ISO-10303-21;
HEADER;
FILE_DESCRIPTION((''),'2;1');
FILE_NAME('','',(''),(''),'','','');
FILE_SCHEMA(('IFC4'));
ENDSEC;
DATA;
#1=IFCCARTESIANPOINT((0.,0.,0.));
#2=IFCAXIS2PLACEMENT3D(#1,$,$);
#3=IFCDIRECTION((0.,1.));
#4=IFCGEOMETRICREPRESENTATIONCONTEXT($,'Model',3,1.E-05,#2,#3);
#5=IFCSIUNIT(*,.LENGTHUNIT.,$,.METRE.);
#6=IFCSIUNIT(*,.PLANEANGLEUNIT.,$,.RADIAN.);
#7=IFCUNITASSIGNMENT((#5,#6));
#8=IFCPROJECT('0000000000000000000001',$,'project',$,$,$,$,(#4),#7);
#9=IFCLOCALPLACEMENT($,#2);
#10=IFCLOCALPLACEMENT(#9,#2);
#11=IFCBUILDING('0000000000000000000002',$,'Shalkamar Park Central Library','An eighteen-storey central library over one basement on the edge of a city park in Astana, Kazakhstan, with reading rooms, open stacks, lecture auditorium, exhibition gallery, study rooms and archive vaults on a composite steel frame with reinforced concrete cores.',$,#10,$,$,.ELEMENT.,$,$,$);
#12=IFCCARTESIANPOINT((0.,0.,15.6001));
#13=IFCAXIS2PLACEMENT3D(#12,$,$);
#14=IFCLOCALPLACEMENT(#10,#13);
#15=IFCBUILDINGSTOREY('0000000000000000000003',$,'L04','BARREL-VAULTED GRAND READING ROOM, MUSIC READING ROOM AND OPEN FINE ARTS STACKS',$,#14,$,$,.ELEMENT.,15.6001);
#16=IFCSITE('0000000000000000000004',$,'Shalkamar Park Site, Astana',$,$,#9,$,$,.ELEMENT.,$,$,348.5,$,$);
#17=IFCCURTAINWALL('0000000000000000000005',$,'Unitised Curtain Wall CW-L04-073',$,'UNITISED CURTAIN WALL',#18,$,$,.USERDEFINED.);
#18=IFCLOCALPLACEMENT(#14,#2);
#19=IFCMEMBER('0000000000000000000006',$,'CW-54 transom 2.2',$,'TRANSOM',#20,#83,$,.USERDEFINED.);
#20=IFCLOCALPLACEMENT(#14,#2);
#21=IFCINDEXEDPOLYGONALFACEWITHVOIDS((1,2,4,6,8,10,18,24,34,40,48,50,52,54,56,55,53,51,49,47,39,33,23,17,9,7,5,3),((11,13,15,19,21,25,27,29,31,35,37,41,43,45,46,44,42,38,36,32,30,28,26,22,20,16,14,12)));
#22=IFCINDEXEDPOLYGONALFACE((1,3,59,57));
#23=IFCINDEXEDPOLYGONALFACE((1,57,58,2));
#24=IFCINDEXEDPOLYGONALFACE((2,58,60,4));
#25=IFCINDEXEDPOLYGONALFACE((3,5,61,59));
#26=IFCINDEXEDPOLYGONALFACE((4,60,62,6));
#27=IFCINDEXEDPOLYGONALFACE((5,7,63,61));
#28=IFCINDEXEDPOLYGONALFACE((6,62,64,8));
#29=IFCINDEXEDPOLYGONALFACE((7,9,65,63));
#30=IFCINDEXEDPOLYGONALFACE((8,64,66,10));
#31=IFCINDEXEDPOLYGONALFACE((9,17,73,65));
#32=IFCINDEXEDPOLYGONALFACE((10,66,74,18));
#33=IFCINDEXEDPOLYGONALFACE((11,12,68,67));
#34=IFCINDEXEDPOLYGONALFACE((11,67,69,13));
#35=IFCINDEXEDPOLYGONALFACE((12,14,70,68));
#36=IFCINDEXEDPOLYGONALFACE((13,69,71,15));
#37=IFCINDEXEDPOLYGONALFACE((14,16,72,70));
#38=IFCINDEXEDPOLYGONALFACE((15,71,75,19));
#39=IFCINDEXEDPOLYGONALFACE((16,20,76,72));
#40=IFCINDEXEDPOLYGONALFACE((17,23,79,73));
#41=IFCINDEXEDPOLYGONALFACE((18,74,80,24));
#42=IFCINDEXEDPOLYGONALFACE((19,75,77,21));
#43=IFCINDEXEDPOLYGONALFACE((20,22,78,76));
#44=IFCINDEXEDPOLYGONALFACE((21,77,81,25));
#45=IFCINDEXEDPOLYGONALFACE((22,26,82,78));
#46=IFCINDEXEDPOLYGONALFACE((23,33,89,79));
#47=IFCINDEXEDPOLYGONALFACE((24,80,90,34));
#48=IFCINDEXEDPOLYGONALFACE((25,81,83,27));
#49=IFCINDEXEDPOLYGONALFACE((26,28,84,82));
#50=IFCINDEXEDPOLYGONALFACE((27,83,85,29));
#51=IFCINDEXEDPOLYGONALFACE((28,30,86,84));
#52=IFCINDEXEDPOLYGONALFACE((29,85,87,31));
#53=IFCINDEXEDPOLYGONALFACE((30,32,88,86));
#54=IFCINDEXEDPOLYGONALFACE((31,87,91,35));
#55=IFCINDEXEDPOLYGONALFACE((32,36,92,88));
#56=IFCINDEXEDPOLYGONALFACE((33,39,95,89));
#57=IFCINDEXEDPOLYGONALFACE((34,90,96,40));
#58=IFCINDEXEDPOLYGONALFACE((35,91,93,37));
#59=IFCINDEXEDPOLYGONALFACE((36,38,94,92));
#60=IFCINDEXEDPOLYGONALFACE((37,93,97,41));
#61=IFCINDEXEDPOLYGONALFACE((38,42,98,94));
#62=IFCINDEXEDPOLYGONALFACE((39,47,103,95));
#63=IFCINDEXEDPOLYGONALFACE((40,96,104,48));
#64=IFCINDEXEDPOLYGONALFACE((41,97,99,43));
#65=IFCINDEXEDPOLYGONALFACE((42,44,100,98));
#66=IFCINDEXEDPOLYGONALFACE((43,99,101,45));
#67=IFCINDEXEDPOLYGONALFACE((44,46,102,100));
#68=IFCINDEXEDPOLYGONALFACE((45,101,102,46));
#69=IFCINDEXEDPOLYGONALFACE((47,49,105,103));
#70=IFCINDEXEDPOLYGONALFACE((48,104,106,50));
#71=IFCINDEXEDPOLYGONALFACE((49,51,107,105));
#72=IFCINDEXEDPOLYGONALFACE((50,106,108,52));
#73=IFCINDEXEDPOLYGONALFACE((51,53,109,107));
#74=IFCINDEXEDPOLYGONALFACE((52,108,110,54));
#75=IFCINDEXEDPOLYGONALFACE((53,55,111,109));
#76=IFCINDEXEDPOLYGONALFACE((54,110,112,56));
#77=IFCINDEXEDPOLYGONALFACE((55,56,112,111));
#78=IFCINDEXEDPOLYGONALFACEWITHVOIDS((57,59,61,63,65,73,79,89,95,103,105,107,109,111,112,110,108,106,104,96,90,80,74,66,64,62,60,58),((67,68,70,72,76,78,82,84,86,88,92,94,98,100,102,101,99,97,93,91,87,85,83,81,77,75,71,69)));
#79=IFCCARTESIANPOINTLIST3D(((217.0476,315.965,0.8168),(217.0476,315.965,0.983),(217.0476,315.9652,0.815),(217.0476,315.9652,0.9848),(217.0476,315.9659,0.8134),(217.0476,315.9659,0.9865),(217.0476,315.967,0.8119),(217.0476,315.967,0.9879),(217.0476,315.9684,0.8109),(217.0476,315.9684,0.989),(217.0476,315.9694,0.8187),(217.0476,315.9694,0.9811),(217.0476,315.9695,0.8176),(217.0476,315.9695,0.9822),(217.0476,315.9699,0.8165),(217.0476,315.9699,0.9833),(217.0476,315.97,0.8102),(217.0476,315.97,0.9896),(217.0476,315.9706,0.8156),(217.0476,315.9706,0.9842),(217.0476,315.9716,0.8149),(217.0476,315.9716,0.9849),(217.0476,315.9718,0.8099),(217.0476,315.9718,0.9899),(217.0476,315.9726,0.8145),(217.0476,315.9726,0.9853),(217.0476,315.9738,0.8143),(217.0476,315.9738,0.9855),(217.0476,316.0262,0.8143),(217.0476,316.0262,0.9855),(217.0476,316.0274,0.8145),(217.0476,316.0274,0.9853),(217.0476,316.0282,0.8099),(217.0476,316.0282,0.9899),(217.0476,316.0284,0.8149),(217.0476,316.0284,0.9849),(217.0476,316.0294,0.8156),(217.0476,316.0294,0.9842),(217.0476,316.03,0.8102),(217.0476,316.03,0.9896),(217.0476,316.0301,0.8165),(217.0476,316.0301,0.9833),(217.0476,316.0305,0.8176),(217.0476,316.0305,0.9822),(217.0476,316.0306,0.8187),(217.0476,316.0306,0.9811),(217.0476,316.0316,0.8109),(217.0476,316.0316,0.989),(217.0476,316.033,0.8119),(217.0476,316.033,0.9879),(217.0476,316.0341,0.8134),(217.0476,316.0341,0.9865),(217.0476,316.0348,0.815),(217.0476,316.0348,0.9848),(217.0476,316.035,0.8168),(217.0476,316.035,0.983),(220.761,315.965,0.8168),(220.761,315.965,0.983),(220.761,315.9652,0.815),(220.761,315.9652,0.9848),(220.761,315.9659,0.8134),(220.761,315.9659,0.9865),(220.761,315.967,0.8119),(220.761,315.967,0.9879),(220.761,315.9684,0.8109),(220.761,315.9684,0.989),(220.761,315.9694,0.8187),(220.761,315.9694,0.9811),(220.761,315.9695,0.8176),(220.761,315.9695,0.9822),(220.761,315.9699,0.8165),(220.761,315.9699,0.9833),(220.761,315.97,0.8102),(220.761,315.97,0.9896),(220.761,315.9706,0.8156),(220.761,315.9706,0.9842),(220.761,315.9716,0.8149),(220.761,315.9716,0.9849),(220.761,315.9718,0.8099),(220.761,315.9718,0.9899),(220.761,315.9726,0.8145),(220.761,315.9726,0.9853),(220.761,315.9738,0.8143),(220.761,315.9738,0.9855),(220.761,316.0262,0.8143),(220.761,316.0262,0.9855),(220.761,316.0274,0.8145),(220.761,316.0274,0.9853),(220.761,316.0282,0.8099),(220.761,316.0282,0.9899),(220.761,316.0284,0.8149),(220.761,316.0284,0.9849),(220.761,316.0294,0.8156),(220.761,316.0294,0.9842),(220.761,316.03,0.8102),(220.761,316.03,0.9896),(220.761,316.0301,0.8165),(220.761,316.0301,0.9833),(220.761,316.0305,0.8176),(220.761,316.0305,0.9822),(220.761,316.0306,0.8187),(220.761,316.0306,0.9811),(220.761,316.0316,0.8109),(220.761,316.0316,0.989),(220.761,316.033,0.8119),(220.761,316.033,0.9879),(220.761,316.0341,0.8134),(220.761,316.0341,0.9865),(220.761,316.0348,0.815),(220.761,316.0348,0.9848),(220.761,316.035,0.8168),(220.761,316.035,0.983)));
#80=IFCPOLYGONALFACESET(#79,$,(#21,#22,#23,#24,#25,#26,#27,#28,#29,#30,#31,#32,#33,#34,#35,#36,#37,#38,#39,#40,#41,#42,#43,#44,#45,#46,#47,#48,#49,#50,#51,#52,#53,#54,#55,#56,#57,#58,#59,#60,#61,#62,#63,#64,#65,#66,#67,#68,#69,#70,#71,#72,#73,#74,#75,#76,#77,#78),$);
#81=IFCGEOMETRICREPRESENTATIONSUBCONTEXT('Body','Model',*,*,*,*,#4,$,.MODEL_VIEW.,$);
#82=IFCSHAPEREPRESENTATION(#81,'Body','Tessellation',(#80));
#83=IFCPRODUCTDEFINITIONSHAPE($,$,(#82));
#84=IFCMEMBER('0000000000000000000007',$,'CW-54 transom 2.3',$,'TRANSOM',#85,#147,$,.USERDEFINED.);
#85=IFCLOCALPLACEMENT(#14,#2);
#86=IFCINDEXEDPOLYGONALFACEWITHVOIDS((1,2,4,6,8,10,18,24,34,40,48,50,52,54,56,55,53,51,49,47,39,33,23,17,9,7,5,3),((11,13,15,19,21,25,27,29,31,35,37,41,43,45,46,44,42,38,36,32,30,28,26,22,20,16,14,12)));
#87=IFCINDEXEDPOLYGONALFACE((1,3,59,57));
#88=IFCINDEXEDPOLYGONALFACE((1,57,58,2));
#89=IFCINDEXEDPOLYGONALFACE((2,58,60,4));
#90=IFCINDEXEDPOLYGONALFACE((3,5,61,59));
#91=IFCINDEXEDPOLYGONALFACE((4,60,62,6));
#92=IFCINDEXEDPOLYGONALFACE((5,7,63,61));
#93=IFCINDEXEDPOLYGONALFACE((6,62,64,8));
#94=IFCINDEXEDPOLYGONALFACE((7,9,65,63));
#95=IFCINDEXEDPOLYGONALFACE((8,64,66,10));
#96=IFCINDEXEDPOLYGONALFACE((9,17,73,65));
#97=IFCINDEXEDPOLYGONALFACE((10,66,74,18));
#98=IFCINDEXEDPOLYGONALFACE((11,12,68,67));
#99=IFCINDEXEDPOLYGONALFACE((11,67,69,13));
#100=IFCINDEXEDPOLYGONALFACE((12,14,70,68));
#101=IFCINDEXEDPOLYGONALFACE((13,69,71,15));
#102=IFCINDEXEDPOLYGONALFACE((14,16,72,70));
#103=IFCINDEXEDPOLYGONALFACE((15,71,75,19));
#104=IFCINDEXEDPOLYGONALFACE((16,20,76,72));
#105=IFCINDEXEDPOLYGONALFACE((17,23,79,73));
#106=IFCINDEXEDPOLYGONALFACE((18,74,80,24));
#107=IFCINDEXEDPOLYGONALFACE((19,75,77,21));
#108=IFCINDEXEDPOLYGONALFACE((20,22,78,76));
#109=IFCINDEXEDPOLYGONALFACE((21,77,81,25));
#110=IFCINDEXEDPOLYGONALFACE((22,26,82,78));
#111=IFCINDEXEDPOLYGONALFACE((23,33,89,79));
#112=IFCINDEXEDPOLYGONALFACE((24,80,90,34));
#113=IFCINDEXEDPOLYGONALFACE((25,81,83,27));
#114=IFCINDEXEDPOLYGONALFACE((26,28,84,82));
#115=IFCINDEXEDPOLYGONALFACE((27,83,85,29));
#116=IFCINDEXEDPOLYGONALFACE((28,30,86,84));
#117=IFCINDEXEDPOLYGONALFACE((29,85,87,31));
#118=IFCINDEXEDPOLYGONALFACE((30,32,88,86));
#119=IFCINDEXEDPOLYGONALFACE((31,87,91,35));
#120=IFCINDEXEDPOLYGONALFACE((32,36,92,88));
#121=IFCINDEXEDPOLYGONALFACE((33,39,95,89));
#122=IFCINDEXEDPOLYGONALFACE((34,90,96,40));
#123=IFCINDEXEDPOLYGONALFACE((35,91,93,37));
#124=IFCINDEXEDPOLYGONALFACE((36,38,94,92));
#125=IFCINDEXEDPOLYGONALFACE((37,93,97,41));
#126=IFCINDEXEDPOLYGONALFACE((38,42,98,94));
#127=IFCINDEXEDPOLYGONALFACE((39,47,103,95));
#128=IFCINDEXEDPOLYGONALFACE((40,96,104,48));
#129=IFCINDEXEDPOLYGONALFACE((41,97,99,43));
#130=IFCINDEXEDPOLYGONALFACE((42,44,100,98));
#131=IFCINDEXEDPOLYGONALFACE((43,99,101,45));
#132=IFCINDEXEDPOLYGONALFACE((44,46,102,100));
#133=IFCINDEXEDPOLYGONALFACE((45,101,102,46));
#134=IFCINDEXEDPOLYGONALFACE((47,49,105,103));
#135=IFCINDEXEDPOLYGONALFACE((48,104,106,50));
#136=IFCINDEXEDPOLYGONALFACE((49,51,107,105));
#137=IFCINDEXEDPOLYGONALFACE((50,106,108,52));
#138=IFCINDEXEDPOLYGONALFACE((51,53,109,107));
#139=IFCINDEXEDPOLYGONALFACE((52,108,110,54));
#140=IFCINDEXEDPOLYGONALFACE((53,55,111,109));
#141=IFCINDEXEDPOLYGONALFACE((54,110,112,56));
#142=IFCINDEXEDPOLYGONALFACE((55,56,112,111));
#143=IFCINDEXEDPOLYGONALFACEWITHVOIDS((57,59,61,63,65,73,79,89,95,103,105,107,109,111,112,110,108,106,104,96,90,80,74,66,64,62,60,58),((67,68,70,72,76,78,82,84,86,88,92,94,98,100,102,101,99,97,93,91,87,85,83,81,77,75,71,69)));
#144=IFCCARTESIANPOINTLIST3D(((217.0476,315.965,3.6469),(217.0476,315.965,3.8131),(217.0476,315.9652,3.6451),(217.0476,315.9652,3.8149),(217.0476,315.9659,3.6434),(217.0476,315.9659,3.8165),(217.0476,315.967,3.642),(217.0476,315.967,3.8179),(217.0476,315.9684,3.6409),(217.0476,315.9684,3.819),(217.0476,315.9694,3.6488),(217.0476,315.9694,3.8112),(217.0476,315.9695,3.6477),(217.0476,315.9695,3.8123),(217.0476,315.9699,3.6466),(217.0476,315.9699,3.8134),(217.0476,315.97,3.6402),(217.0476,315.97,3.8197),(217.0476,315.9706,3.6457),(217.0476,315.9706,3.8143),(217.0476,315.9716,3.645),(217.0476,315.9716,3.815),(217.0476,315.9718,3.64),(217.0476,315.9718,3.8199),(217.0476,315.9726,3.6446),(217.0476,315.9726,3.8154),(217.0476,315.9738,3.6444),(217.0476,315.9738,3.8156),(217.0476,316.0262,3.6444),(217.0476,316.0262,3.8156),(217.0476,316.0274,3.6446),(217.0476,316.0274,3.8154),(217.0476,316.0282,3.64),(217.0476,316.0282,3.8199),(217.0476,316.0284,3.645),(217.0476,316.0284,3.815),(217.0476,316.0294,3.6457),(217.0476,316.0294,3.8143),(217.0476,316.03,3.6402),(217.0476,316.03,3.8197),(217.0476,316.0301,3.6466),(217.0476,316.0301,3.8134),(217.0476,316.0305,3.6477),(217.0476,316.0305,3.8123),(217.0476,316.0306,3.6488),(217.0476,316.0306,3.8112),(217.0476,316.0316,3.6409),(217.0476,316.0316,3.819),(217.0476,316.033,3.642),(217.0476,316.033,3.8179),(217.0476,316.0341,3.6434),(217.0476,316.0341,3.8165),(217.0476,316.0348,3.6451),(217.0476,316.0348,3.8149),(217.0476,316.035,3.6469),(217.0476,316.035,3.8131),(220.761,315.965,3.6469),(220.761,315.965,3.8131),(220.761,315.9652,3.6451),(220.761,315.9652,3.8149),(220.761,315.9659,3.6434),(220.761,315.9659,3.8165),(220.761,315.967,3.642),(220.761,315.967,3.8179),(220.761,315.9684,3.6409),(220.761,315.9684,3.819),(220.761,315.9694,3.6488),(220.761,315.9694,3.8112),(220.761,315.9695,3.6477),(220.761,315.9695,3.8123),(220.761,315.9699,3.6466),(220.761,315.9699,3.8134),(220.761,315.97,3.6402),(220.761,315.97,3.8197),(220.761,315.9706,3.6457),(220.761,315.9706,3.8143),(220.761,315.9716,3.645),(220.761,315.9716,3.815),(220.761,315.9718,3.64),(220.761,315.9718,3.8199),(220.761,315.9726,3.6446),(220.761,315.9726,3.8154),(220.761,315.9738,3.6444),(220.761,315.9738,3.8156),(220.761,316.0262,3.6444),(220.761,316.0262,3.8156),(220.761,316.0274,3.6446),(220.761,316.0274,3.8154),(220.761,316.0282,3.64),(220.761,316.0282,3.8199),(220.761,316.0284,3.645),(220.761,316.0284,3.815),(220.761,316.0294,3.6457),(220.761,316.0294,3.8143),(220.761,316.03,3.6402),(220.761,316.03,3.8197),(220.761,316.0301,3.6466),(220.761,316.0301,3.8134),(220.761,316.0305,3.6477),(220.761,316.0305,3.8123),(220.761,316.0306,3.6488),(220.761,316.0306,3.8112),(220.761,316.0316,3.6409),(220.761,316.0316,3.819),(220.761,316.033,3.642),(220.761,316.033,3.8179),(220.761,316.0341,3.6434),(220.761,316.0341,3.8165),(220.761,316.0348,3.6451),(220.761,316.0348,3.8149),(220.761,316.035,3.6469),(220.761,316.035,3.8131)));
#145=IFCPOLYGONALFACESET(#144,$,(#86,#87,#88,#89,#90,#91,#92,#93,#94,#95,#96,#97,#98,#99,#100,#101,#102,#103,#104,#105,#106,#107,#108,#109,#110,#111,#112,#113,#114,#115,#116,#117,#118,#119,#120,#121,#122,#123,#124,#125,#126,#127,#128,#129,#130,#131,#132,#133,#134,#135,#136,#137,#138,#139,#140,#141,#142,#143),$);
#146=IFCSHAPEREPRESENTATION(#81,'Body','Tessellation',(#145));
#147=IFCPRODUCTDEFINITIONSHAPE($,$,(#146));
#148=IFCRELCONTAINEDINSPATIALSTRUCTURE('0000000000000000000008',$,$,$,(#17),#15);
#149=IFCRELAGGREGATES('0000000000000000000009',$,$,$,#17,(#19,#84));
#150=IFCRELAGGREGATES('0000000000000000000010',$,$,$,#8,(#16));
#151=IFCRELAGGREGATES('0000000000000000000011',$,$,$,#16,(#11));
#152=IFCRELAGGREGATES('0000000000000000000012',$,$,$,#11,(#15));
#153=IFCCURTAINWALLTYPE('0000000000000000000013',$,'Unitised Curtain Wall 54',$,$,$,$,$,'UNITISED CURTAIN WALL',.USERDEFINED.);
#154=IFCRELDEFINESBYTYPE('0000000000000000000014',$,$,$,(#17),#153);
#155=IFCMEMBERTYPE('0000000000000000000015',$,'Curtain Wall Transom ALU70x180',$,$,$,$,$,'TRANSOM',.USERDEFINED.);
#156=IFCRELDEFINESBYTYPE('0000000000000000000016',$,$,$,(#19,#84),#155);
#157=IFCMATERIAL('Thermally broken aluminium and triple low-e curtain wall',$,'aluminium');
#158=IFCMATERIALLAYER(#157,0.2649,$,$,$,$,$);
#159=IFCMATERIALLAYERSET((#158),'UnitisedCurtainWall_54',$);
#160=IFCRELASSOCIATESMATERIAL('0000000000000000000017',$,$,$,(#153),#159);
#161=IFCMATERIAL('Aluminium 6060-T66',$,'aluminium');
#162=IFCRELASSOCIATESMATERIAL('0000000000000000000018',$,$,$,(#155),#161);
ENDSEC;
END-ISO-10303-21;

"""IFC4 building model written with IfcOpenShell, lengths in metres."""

from ifc_helpers import new_model, si_unit, direction, frame, origin, origin_2d, place, context, subcontext, project, spatial, hollow_rectangle, extrude, material, layer, layer_set, material_profile, profile_set, type_object, element, aggregate, save


model = new_model("IFC4")

# Units and contexts
model_context = context("Model", 3, precision=1e-05, world=origin(), true_north=direction((0.0, 1.0)))
body_context = subcontext(model_context, "Body", "Model", "MODEL_VIEW")
ifc_project = project(units=[si_unit("LENGTHUNIT", "METRE"), si_unit("PLANEANGLEUNIT", "RADIAN")], contexts=[model_context])

# Site, building, storey
site_placement = place(None, origin())
site = spatial("IfcSite", under=ifc_project, at=site_placement, Name="Shalkamar Park Site, Astana", CompositionType="ELEMENT", RefElevation=348.5)
building_placement = place(site_placement, origin())
building = spatial("IfcBuilding", under=site, at=building_placement, Name="Shalkamar Park Central Library", Description="An eighteen-storey central library over one basement on the edge of a city park in Astana, Kazakhstan, with reading rooms, open stacks, lecture auditorium, exhibition gallery, study rooms and archive vaults on a composite steel frame with reinforced concrete cores.", CompositionType="ELEMENT")
storey_placement = place(building_placement, frame((0.0, 0.0, 15.6001)))
storey = spatial("IfcBuildingStorey", under=building, at=storey_placement, Name="L04", Description="BARREL-VAULTED GRAND READING ROOM, MUSIC READING ROOM AND OPEN FINE ARTS STACKS", CompositionType="ELEMENT", Elevation=15.6001)

# Curtain wall
ifc_material_1 = material(Name="Thermally broken aluminium and triple low-e curtain wall", Category="aluminium")
ifc_material_2 = material(Name="Aluminium 6060-T66", Category="aluminium")
ifc_layer_1 = layer(ifc_material_1, 0.2649)
ifc_layer_set_1 = layer_set([ifc_layer_1], Name="UnitisedCurtainWall_54")
curtain_wall_type_1 = type_object("IfcCurtainWallType", Name="Unitised Curtain Wall 54", ElementType="UNITISED CURTAIN WALL", PredefinedType="USERDEFINED", material=ifc_layer_set_1)
curtain_wall_1_placement = place(storey_placement, origin())
curtain_wall_1 = element("IfcCurtainWall", 1, at=curtain_wall_1_placement, inside=storey, type_object=curtain_wall_type_1, Name="Unitised Curtain Wall CW-L04-073", ObjectType="UNITISED CURTAIN WALL", PredefinedType="USERDEFINED")

# Members
ifc_material_profile_1 = material_profile(ifc_material_2, hollow_rectangle(XDim=0.0701, YDim=0.1799, WallThickness=0.0044, InnerFilletRadius=0.0044, OuterFilletRadius=0.0068, at=origin_2d()), Name="ALU 70x180x4.5")
ifc_profile_set_1 = profile_set([ifc_material_profile_1], Name="Aluminium 6060-T66")
member_type_1 = type_object("IfcMemberType", Name="Curtain Wall Transom ALU70x180", ElementType="TRANSOM", PredefinedType="USERDEFINED", material=ifc_profile_set_1)
member_1_placement = place(storey_placement, frame((217.0476, 316.0, 0.8999), z_axis=(1.0, 0.0, 0.0), x_axis=(0.0, 1.0, 0.0)))
member_1 = element("IfcMember", 2, at=member_1_placement, type_object=member_type_1, Name="CW-54 transom 2.2", ObjectType="TRANSOM", PredefinedType="USERDEFINED", context=body_context, shape_type="SweptSolid", body=[
    extrude(hollow_rectangle(XDim=0.0701, YDim=0.1799, WallThickness=0.0044, InnerFilletRadius=0.0044, OuterFilletRadius=0.0068, at=origin_2d()), origin(), (0.0, 0.0, 1.0), 3.7134),
])
member_2_placement = place(storey_placement, frame((217.0476, 316.0, 3.73), z_axis=(1.0, 0.0, 0.0), x_axis=(0.0, 1.0, 0.0)))
member_2 = element("IfcMember", 3, at=member_2_placement, type_object=member_type_1, Name="CW-54 transom 2.3", ObjectType="TRANSOM", PredefinedType="USERDEFINED", context=body_context, shape_type="SweptSolid", body=[
    extrude(hollow_rectangle(XDim=0.0701, YDim=0.1799, WallThickness=0.0044, InnerFilletRadius=0.0044, OuterFilletRadius=0.0068, at=origin_2d()), origin(), (0.0, 0.0, 1.0), 3.7134),
])

aggregate(curtain_wall_1, [member_1, member_2])

save(model, "model.ifc")
